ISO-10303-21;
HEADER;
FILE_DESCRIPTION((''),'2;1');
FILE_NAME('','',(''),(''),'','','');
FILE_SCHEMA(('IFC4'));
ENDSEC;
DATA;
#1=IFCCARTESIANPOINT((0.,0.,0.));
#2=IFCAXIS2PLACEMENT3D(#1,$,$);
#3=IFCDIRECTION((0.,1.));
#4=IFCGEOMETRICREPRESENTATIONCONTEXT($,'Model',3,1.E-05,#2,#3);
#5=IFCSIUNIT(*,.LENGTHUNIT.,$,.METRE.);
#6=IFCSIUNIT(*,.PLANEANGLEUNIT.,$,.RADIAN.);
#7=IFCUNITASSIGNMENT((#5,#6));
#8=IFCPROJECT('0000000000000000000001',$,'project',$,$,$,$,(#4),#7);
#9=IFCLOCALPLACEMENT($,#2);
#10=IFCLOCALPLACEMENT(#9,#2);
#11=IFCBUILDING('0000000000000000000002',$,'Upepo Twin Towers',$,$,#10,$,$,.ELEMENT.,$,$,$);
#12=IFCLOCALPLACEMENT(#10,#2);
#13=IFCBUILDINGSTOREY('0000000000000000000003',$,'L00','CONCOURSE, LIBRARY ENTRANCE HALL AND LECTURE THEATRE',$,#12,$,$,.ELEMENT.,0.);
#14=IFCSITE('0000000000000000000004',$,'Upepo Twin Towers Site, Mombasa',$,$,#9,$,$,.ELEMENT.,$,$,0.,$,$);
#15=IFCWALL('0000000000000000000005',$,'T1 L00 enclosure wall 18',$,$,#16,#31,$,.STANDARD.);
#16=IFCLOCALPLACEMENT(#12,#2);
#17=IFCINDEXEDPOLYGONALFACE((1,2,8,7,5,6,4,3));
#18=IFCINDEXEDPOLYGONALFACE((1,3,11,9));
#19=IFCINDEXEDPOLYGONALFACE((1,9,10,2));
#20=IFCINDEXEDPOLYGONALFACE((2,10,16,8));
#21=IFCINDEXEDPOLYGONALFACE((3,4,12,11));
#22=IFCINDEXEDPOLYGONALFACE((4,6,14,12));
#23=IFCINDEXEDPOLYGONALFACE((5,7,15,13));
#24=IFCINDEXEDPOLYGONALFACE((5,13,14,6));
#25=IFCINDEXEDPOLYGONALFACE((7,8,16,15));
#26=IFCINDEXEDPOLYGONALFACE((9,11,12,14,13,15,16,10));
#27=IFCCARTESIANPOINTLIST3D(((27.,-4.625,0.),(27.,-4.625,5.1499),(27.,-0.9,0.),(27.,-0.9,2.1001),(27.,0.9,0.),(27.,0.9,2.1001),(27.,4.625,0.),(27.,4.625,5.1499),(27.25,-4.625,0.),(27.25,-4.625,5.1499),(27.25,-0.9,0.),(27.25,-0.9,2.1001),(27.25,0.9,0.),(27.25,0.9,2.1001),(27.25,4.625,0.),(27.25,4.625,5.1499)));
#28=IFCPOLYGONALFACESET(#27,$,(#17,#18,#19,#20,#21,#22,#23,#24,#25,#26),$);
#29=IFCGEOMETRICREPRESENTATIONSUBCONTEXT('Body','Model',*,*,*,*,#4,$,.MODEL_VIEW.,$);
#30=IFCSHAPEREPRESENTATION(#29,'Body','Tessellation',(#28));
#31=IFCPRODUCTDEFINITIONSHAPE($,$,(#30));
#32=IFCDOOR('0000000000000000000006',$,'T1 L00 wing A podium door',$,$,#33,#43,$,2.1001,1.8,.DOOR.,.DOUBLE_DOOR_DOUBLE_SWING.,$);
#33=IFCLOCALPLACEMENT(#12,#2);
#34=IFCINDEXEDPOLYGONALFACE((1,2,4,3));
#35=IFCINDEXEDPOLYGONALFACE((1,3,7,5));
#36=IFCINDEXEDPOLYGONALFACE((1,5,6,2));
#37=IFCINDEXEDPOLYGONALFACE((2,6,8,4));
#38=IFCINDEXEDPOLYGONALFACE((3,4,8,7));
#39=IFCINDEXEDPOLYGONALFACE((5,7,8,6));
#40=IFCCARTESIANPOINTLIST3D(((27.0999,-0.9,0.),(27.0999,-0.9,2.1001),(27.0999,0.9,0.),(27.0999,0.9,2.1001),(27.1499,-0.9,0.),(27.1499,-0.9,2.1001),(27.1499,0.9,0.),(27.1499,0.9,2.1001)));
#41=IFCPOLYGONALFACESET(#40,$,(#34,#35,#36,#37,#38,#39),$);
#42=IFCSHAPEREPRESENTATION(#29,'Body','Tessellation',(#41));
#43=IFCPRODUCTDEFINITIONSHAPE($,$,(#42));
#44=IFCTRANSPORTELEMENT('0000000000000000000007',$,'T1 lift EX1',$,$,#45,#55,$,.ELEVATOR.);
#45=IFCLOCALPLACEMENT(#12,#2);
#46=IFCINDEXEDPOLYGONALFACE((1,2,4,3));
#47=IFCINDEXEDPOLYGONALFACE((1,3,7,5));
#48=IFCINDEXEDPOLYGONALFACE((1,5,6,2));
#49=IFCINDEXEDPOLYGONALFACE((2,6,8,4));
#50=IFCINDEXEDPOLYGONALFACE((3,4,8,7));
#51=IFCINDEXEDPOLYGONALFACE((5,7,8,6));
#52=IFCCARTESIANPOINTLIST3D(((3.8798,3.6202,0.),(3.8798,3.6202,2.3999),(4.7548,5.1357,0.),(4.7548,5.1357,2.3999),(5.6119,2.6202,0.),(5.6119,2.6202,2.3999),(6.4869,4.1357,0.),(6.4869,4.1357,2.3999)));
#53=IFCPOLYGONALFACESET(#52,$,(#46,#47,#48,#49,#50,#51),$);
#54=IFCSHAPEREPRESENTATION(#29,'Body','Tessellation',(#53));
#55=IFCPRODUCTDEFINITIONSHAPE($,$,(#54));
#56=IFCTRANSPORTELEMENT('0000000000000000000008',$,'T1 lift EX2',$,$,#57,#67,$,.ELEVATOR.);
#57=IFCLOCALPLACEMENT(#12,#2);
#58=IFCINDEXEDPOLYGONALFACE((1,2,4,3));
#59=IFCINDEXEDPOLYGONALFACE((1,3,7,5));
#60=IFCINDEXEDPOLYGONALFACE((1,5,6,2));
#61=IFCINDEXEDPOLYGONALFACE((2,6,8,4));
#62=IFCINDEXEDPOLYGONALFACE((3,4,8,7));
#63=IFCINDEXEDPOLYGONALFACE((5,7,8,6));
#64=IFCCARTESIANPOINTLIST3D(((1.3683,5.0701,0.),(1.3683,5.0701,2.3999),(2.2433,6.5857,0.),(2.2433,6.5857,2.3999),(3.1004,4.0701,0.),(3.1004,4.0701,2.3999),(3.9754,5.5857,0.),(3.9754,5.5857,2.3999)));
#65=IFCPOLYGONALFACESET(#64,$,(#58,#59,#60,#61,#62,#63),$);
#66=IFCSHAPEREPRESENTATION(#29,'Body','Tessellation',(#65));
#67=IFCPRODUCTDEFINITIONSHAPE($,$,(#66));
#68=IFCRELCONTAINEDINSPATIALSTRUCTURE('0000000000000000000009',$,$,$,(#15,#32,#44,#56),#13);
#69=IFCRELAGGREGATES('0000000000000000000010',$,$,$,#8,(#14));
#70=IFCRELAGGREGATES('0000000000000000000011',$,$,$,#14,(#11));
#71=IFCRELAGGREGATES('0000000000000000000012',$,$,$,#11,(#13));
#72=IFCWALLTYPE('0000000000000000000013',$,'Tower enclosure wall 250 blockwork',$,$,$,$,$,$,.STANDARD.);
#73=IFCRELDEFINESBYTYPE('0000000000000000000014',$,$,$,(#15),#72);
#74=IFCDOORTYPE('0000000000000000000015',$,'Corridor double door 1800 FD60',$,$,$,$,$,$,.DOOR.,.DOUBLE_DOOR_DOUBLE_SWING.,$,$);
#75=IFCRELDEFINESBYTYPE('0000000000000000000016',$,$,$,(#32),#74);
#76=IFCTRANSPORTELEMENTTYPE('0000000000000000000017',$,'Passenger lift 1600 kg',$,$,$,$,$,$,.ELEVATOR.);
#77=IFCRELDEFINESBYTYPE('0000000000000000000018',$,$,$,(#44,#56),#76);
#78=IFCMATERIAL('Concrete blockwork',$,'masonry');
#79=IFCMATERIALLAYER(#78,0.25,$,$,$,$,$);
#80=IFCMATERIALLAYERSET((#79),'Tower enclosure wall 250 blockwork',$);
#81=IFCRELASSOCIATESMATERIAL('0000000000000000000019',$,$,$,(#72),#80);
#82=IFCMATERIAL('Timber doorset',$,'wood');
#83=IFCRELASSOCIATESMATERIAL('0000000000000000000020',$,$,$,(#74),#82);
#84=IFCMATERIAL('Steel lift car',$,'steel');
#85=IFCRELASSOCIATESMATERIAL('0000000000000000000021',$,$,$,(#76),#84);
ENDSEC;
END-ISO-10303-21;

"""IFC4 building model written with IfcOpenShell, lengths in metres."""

from ifc_helpers import new_model, si_unit, direction, frame, frame_2d, origin, origin_2d, place, context, subcontext, project, spatial, rectangle, extrude, material, layer, layer_set, type_object, element, fill, save


model = new_model("IFC4")

# Units and contexts
model_context = context("Model", 3, precision=1e-05, world=origin(), true_north=direction((0.0, 1.0)))
body_context = subcontext(model_context, "Body", "Model", "MODEL_VIEW")
ifc_project = project(units=[si_unit("LENGTHUNIT", "METRE"), si_unit("PLANEANGLEUNIT", "RADIAN")], contexts=[model_context])

# Site, building, storey
site_placement = place(None, origin())
site = spatial("IfcSite", under=ifc_project, at=site_placement, Name="Upepo Twin Towers Site, Mombasa", CompositionType="ELEMENT", RefElevation=0.0)
building_placement = place(site_placement, origin())
building = spatial("IfcBuilding", under=site, at=building_placement, Name="Upepo Twin Towers", CompositionType="ELEMENT")
storey_placement = place(building_placement, origin())
storey = spatial("IfcBuildingStorey", under=building, at=storey_placement, Name="L00", Description="CONCOURSE, LIBRARY ENTRANCE HALL AND LECTURE THEATRE", CompositionType="ELEMENT", Elevation=0.0)

# Shared definitions
ifc_material_1 = material(Name="Concrete blockwork", Category="masonry")
ifc_layer_1 = layer(ifc_material_1, 0.25)
ifc_layer_set_1 = layer_set([ifc_layer_1], Name="Tower enclosure wall 250 blockwork")
wall_type_1 = type_object("IfcWallType", Name="Tower enclosure wall 250 blockwork", PredefinedType="STANDARD", material=ifc_layer_set_1)

# Wall, opening, door
wall_1_placement = place(storey_placement, frame((27.125, 4.625, 0.0), z_axis=(0.0, 0.0, 1.0), x_axis=(0.0, -1.0, 0.0)))
wall_1 = element("IfcWall", 1, at=wall_1_placement, inside=storey, type_object=wall_type_1, Name="T1 L00 enclosure wall 18", PredefinedType="STANDARD", context=body_context, shape_type="SweptSolid", body=[
    extrude(rectangle(XDim=9.25, YDim=0.25, at=frame_2d((4.625, 0.0))), origin(), (0.0, 0.0, 1.0), 5.1499),
])
opening_1_placement = place(wall_1_placement, frame((3.7251, 0.0, 0.0)))
opening_1 = element("IfcOpeningElement", 2, at=opening_1_placement, cuts=wall_1, PredefinedType="OPENING", context=body_context, shape_type="SweptSolid", body=[
    extrude(rectangle(XDim=1.8, YDim=2.1001, at=frame_2d((0.8999, 1.05))), frame((0.0, 0.135, 0.0), z_axis=(0.0, -1.0, 0.0), x_axis=(1.0, 0.0, 0.0)), (0.0, 0.0, 1.0), 0.27),
])
ifc_material_2 = material(Name="Timber doorset", Category="wood")
door_type_1 = type_object("IfcDoorType", Name="Corridor double door 1800 FD60", OperationType="DOUBLE_DOOR_DOUBLE_SWING", PredefinedType="DOOR", material=ifc_material_2)
door_1_placement = place(opening_1_placement, origin())
door_1 = element("IfcDoor", 3, at=door_1_placement, inside=storey, type_object=door_type_1, Name="T1 L00 wing A podium door", OperationType="DOUBLE_DOOR_DOUBLE_SWING", OverallHeight=2.1001, OverallWidth=1.8, PredefinedType="DOOR", context=body_context, shape_type="SweptSolid", body=[
    extrude(rectangle(XDim=1.8, YDim=2.1001, at=frame_2d((0.8999, 1.05))), frame((0.0, 0.0249, 0.0), z_axis=(0.0, -1.0, 0.0), x_axis=(1.0, 0.0, 0.0)), (0.0, 0.0, 1.0), 0.05),
])
fill(opening_1, door_1)

# Transport elements
ifc_material_3 = material(Name="Steel lift car", Category="steel")
transport_element_type = type_object("IfcTransportElementType", Name="Passenger lift 1600 kg", PredefinedType="ELEVATOR", material=ifc_material_3)
for number, where, z_axis, x_axis, name in (
    (4, (5.1833, 3.8779, 0.0), (0.0, 0.0, 1.0), (-0.866025, 0.5, 0.0), "T1 lift EX1"),
    (5, (2.6719, 5.3279, 0.0), (0.0, 0.0, 1.0), (-0.866025, 0.5, 0.0), "T1 lift EX2"),
):
    element("IfcTransportElement", number, at=place(storey_placement, frame(where, z_axis=z_axis, x_axis=x_axis)), inside=storey, type_object=transport_element_type, Name=name, PredefinedType="ELEVATOR", context=body_context, shape_type="SweptSolid", body=[
        extrude(rectangle(XDim=2.0, YDim=1.75, at=origin_2d()), origin(), (0.0, 0.0, 1.0), 2.3999),
    ])

save(model, "model.ifc")
